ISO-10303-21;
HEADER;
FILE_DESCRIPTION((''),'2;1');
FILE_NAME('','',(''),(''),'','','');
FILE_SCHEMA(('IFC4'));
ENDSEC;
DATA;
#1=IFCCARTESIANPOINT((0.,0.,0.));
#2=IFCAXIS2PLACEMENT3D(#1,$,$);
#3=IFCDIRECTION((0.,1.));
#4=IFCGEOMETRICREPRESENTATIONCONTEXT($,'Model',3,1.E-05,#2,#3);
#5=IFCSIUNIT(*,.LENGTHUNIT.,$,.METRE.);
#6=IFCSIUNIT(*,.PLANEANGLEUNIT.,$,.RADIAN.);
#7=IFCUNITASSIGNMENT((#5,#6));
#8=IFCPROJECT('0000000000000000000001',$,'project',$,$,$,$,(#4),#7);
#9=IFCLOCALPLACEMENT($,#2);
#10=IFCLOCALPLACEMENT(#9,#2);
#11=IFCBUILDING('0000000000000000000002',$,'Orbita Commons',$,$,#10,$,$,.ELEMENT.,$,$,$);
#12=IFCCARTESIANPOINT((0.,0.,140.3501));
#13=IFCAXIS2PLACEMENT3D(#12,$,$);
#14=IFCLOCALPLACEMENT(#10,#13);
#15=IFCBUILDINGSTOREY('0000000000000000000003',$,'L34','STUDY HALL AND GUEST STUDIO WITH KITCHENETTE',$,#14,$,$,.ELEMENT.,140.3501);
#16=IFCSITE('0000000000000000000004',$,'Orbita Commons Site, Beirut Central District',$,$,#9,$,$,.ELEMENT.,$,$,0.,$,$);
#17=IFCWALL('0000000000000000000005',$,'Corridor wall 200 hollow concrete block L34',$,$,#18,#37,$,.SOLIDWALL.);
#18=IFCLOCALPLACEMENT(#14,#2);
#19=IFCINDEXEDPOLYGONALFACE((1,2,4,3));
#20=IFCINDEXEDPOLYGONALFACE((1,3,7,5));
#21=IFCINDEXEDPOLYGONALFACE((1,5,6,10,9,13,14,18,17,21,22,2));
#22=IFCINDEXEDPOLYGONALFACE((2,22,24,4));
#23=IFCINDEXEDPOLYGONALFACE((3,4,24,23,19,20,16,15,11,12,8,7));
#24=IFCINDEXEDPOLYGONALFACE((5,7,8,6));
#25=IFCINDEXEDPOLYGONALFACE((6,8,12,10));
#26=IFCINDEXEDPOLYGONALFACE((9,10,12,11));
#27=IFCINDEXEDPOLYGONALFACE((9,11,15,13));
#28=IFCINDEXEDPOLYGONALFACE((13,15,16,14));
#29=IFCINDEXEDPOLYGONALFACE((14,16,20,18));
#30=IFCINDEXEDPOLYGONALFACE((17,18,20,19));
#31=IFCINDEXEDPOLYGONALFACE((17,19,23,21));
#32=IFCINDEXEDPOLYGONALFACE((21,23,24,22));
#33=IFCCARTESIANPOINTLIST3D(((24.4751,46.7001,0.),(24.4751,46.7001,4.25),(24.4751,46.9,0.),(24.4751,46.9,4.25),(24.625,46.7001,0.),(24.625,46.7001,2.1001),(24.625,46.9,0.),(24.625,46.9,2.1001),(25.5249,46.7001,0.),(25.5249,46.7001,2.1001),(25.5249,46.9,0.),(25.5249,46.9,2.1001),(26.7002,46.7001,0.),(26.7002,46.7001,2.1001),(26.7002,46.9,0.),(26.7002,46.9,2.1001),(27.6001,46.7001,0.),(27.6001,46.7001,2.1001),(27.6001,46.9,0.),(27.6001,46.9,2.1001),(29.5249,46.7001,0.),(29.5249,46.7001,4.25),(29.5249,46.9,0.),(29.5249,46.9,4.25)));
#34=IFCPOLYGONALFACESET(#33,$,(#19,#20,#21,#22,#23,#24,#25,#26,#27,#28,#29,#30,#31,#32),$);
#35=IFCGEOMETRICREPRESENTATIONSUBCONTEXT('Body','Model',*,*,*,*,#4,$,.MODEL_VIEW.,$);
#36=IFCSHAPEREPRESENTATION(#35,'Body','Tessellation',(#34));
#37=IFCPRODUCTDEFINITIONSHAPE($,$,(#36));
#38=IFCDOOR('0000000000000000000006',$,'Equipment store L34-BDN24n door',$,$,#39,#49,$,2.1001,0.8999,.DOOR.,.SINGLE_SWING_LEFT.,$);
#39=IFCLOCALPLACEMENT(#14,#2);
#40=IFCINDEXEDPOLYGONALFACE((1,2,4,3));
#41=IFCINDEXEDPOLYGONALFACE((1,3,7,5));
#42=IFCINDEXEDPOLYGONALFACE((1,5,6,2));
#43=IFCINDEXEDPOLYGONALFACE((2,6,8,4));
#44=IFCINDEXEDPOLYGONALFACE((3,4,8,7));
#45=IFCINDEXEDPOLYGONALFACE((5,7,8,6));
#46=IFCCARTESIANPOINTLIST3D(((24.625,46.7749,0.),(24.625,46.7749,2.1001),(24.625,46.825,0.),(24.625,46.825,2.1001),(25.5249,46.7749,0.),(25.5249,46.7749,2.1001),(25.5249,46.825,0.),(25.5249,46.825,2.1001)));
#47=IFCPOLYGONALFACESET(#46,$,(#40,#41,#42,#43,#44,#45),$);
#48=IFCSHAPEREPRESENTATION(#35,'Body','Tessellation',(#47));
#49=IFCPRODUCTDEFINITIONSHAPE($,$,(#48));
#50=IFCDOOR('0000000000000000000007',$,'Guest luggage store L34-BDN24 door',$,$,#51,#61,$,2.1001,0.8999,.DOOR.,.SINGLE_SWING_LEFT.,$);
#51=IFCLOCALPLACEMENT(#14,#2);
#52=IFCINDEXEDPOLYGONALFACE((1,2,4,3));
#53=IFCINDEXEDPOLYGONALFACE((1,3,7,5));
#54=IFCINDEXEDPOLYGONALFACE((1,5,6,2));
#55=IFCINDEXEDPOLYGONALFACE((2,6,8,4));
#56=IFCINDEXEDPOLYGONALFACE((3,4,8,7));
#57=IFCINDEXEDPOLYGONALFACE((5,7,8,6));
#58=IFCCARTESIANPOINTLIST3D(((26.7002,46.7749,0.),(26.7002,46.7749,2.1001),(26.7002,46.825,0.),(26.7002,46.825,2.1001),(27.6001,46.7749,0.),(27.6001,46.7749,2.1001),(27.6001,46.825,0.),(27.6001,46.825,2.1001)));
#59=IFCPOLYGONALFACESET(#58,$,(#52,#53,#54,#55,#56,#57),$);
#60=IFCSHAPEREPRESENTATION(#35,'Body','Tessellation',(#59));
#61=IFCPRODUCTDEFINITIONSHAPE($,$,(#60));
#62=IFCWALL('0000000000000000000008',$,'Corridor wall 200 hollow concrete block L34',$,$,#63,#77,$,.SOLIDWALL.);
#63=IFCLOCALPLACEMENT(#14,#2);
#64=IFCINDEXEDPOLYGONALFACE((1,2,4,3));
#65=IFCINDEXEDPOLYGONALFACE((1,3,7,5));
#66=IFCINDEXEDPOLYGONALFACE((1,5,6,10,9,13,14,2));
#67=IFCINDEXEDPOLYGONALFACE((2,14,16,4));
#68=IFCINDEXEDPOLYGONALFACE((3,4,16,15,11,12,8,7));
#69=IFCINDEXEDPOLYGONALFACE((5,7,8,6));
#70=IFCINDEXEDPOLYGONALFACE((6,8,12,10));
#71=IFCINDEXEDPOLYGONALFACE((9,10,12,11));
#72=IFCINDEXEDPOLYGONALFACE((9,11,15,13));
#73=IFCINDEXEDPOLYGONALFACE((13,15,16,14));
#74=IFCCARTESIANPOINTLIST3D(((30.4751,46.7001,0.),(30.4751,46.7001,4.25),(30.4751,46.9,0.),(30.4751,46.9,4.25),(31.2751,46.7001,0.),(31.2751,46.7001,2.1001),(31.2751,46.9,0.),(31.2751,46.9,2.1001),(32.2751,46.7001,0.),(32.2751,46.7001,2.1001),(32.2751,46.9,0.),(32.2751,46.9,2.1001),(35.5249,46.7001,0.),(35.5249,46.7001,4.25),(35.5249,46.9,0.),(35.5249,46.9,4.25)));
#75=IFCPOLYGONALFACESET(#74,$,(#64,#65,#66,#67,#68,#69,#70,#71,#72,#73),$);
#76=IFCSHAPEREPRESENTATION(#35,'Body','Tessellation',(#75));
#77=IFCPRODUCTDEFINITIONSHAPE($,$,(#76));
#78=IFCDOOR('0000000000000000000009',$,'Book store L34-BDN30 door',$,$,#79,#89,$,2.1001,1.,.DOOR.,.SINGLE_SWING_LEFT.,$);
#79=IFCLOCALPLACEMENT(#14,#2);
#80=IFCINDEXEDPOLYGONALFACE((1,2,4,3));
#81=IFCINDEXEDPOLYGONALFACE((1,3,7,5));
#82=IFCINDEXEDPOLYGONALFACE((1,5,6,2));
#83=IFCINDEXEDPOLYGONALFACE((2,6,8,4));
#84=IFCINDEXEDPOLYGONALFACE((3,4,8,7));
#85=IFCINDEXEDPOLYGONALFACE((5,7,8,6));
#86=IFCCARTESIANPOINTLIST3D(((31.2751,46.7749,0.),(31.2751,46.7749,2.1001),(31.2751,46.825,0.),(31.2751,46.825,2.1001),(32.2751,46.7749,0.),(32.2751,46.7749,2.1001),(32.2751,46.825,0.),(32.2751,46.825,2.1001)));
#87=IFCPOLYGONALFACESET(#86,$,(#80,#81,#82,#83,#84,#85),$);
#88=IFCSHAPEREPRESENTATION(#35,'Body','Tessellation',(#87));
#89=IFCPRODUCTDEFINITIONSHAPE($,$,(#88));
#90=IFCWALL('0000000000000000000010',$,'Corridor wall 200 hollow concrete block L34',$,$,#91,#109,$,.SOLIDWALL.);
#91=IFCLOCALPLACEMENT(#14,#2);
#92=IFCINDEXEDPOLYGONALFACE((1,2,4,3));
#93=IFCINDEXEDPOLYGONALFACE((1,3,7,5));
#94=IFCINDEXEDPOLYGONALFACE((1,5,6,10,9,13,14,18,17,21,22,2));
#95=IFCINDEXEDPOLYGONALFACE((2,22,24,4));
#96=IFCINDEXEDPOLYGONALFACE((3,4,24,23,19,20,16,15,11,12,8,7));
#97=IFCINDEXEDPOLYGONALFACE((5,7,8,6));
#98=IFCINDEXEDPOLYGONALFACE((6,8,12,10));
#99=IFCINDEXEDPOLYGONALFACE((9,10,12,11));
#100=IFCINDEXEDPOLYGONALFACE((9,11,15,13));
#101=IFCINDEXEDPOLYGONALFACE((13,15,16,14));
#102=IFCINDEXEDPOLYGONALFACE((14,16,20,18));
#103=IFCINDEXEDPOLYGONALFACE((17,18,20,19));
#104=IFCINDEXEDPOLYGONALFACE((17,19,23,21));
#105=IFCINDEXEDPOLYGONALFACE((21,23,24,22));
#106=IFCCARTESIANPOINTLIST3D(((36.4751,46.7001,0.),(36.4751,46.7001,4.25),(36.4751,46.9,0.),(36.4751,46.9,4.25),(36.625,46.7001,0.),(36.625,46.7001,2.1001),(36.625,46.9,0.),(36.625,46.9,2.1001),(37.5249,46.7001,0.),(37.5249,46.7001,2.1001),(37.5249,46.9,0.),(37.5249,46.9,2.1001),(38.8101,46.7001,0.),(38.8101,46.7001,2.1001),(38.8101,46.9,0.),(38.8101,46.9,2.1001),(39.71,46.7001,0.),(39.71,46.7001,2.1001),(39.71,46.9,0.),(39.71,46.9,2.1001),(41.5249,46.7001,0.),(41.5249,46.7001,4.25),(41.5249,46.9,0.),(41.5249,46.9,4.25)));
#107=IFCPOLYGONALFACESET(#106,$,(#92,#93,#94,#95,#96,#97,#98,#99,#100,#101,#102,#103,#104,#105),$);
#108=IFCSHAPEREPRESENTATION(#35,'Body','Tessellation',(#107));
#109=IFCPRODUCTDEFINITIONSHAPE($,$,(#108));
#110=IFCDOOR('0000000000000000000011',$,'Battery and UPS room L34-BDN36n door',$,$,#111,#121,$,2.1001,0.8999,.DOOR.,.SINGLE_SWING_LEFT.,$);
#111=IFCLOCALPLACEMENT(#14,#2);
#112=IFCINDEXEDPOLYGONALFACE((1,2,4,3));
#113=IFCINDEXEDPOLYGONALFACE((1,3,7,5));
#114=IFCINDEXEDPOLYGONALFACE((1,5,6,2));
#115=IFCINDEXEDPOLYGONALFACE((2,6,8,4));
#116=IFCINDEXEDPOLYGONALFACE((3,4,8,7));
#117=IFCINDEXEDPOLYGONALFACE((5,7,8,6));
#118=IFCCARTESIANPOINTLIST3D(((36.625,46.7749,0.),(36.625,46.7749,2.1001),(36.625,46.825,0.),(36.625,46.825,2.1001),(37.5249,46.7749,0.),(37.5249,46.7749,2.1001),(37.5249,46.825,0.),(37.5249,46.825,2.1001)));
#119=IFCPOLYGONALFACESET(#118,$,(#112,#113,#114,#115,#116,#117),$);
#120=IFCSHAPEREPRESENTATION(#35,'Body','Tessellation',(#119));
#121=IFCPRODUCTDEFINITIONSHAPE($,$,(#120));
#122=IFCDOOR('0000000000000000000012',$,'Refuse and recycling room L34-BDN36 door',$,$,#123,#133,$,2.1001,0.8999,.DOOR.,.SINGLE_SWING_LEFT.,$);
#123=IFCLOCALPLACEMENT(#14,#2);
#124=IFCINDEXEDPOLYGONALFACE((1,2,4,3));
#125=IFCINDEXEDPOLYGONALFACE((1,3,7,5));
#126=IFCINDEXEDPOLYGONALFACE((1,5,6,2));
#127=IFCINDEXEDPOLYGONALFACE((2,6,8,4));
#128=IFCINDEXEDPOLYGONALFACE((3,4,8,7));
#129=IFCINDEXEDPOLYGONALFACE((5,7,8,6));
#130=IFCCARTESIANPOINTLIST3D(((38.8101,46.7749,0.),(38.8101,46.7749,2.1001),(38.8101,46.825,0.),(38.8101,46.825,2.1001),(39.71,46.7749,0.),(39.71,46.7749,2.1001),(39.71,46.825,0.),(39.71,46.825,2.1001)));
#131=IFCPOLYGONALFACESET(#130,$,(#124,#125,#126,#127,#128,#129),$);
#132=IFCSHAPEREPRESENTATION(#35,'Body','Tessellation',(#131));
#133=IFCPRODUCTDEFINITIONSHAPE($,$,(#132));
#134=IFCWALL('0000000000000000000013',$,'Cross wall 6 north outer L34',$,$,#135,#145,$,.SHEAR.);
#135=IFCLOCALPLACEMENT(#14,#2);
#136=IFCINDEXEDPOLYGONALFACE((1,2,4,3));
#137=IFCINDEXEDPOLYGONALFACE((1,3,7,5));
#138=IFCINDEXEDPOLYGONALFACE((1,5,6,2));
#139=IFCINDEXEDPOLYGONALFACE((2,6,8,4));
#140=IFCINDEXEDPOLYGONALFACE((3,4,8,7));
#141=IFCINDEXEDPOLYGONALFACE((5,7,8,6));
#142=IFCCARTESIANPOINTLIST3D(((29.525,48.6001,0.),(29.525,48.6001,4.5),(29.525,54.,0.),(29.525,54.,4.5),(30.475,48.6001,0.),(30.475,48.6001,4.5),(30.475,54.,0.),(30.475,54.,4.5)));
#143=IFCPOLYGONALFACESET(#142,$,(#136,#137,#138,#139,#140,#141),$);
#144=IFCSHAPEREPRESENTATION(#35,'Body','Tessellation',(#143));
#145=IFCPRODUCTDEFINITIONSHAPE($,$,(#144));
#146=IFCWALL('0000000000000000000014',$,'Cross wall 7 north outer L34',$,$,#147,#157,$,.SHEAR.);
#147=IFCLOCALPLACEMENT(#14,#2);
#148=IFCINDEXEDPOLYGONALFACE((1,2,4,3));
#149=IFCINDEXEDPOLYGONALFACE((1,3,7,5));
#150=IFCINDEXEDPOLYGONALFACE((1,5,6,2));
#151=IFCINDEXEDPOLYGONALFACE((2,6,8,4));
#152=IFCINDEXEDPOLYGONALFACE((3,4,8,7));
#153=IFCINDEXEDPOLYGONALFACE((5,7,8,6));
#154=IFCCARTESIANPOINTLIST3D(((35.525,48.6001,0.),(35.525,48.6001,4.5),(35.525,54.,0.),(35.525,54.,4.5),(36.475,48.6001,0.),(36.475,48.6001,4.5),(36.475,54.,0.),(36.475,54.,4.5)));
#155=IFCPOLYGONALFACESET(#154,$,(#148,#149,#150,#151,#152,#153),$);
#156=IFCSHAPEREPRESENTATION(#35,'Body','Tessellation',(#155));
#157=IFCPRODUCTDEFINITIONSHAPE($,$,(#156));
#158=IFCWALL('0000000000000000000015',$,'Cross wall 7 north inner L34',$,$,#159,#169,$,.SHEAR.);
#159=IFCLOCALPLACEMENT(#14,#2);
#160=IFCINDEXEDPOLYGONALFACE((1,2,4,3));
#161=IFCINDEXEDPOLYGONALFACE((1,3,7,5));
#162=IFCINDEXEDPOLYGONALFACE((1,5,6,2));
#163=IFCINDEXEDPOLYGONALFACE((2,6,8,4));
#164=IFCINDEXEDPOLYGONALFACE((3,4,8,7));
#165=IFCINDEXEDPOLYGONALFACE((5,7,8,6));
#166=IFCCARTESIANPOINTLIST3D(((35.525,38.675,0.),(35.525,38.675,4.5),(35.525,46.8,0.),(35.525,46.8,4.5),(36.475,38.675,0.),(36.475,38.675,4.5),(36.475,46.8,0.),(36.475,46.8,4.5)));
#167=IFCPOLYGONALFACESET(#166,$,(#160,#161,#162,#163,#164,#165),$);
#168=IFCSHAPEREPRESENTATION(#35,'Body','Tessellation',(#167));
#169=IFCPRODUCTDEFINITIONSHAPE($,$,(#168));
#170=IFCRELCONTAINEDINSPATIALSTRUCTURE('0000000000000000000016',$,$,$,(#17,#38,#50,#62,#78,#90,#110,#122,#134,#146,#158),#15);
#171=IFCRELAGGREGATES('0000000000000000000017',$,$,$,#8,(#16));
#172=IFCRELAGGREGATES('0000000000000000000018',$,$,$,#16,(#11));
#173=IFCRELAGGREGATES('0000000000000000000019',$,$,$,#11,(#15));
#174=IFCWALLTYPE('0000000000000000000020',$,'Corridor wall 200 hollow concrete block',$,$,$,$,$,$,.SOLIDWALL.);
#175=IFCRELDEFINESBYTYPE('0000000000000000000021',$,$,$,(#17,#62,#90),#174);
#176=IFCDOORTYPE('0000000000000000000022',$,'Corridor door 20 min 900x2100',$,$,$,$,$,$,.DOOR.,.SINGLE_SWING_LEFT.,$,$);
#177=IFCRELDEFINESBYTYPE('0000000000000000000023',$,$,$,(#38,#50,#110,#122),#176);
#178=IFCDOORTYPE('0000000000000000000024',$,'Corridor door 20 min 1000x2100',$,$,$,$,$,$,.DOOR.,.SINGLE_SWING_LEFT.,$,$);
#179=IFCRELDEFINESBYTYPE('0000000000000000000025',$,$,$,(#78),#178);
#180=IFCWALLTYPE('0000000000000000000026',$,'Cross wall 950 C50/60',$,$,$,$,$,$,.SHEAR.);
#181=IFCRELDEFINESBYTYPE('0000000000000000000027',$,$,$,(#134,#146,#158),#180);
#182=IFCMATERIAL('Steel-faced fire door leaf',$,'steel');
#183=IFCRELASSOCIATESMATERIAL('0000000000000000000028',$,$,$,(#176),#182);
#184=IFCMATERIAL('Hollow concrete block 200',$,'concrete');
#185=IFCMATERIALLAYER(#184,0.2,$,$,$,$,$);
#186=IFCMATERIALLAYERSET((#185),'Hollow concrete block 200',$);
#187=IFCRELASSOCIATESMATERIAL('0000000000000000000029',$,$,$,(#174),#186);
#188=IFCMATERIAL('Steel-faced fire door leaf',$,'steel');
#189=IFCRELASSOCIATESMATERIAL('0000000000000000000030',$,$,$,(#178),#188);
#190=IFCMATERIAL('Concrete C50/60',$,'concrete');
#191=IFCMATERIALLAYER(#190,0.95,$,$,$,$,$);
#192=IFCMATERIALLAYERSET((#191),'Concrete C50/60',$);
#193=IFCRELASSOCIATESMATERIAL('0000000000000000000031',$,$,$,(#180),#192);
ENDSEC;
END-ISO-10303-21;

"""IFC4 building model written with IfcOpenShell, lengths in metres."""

from ifc_helpers import new_model, si_unit, direction, frame, frame_2d, origin, place, context, subcontext, project, spatial, rectangle, extrude, material, layer, layer_set, type_object, element, fill, save


model = new_model("IFC4")

# Units and contexts
model_context = context("Model", 3, precision=1e-05, world=origin(), true_north=direction((0.0, 1.0)))
body_context = subcontext(model_context, "Body", "Model", "MODEL_VIEW")
ifc_project = project(units=[si_unit("LENGTHUNIT", "METRE"), si_unit("PLANEANGLEUNIT", "RADIAN")], contexts=[model_context])

# Site, building, storey
site_placement = place(None, origin())
site = spatial("IfcSite", under=ifc_project, at=site_placement, Name="Orbita Commons Site, Beirut Central District", CompositionType="ELEMENT", RefElevation=0.0)
building_placement = place(site_placement, origin())
building = spatial("IfcBuilding", under=site, at=building_placement, Name="Orbita Commons", CompositionType="ELEMENT")
storey_placement = place(building_placement, frame((0.0, 0.0, 140.3501)))
storey = spatial("IfcBuildingStorey", under=building, at=storey_placement, Name="L34", Description="STUDY HALL AND GUEST STUDIO WITH KITCHENETTE", CompositionType="ELEMENT", Elevation=140.3501)

# Shared definitions
ifc_material_1 = material(Name="Steel-faced fire door leaf", Category="steel")
door_type_1 = type_object("IfcDoorType", Name="Corridor door 20 min 900x2100", OperationType="SINGLE_SWING_LEFT", PredefinedType="DOOR", material=ifc_material_1)

# Wall, openings, doors
ifc_material_2 = material(Name="Hollow concrete block 200", Category="concrete")
ifc_layer_1 = layer(ifc_material_2, 0.2)
ifc_layer_set_1 = layer_set([ifc_layer_1], Name="Hollow concrete block 200")
wall_type_1 = type_object("IfcWallType", Name="Corridor wall 200 hollow concrete block", PredefinedType="SOLIDWALL", material=ifc_layer_set_1)
wall_1_placement = place(storey_placement, frame((24.4751, 46.8, 0.0), z_axis=(0.0, 0.0, 1.0), x_axis=(1.0, 0.0, 0.0)))
wall_1 = element("IfcWall", 1, at=wall_1_placement, inside=storey, type_object=wall_type_1, Name="Corridor wall 200 hollow concrete block L34", PredefinedType="SOLIDWALL", context=body_context, shape_type="SweptSolid", body=[
    extrude(rectangle(XDim=5.0498, YDim=0.2, at=frame_2d((2.5249, 0.0))), origin(), (0.0, 0.0, 1.0), 4.25),
])
opening_1_placement = place(wall_1_placement, frame((0.1499, 0.0, 0.0)))
opening_1 = element("IfcOpeningElement", 2, at=opening_1_placement, cuts=wall_1, PredefinedType="OPENING", context=body_context, shape_type="SweptSolid", body=[
    extrude(rectangle(XDim=0.8999, YDim=2.1001, at=frame_2d((0.45, 1.05))), frame((0.0, 0.1099, 0.0), z_axis=(0.0, -1.0, 0.0), x_axis=(1.0, 0.0, 0.0)), (0.0, 0.0, 1.0), 0.22),
])
opening_2_placement = place(wall_1_placement, frame((2.2251, 0.0, 0.0)))
opening_2 = element("IfcOpeningElement", 3, at=opening_2_placement, cuts=wall_1, PredefinedType="OPENING", context=body_context, shape_type="SweptSolid", body=[
    extrude(rectangle(XDim=0.8999, YDim=2.1001, at=frame_2d((0.45, 1.05))), frame((0.0, 0.1099, 0.0), z_axis=(0.0, -1.0, 0.0), x_axis=(1.0, 0.0, 0.0)), (0.0, 0.0, 1.0), 0.22),
])
door_1_placement = place(opening_1_placement, origin())
door_1 = element("IfcDoor", 4, at=door_1_placement, inside=storey, type_object=door_type_1, Name="Equipment store L34-BDN24n door", OperationType="SINGLE_SWING_LEFT", OverallHeight=2.1001, OverallWidth=0.8999, PredefinedType="DOOR", context=body_context, shape_type="SweptSolid", body=[
    extrude(rectangle(XDim=0.8999, YDim=2.1001, at=frame_2d((0.45, 1.05))), frame((0.0, 0.0249, 0.0), z_axis=(0.0, -1.0, 0.0), x_axis=(1.0, 0.0, 0.0)), (0.0, 0.0, 1.0), 0.05),
])
fill(opening_1, door_1)
door_2_placement = place(opening_2_placement, origin())
door_2 = element("IfcDoor", 5, at=door_2_placement, inside=storey, type_object=door_type_1, Name="Guest luggage store L34-BDN24 door", OperationType="SINGLE_SWING_LEFT", OverallHeight=2.1001, OverallWidth=0.8999, PredefinedType="DOOR", context=body_context, shape_type="SweptSolid", body=[
    extrude(rectangle(XDim=0.8999, YDim=2.1001, at=frame_2d((0.45, 1.05))), frame((0.0, 0.0249, 0.0), z_axis=(0.0, -1.0, 0.0), x_axis=(1.0, 0.0, 0.0)), (0.0, 0.0, 1.0), 0.05),
])
fill(opening_2, door_2)

# Wall, opening, door
wall_2_placement = place(storey_placement, frame((30.4751, 46.8, 0.0), z_axis=(0.0, 0.0, 1.0), x_axis=(1.0, 0.0, 0.0)))
wall_2 = element("IfcWall", 6, at=wall_2_placement, inside=storey, type_object=wall_type_1, Name="Corridor wall 200 hollow concrete block L34", PredefinedType="SOLIDWALL", context=body_context, shape_type="SweptSolid", body=[
    extrude(rectangle(XDim=5.0498, YDim=0.2, at=frame_2d((2.5249, 0.0))), origin(), (0.0, 0.0, 1.0), 4.25),
])
opening_3_placement = place(wall_2_placement, frame((0.8, 0.0, 0.0)))
opening_3 = element("IfcOpeningElement", 7, at=opening_3_placement, cuts=wall_2, PredefinedType="OPENING", context=body_context, shape_type="SweptSolid", body=[
    extrude(rectangle(XDim=1.0, YDim=2.1001, at=frame_2d((0.5, 1.05))), frame((0.0, 0.1099, 0.0), z_axis=(0.0, -1.0, 0.0), x_axis=(1.0, 0.0, 0.0)), (0.0, 0.0, 1.0), 0.22),
])
ifc_material_3 = material(Name="Steel-faced fire door leaf", Category="steel")
door_type_2 = type_object("IfcDoorType", Name="Corridor door 20 min 1000x2100", OperationType="SINGLE_SWING_LEFT", PredefinedType="DOOR", material=ifc_material_3)
door_3_placement = place(opening_3_placement, origin())
door_3 = element("IfcDoor", 8, at=door_3_placement, inside=storey, type_object=door_type_2, Name="Book store L34-BDN30 door", OperationType="SINGLE_SWING_LEFT", OverallHeight=2.1001, OverallWidth=1.0, PredefinedType="DOOR", context=body_context, shape_type="SweptSolid", body=[
    extrude(rectangle(XDim=1.0, YDim=2.1001, at=frame_2d((0.5, 1.05))), frame((0.0, 0.0249, 0.0), z_axis=(0.0, -1.0, 0.0), x_axis=(1.0, 0.0, 0.0)), (0.0, 0.0, 1.0), 0.05),
])
fill(opening_3, door_3)

# Wall, openings, doors
wall_3_placement = place(storey_placement, frame((36.4751, 46.8, 0.0), z_axis=(0.0, 0.0, 1.0), x_axis=(1.0, 0.0, 0.0)))
wall_3 = element("IfcWall", 9, at=wall_3_placement, inside=storey, type_object=wall_type_1, Name="Corridor wall 200 hollow concrete block L34", PredefinedType="SOLIDWALL", context=body_context, shape_type="SweptSolid", body=[
    extrude(rectangle(XDim=5.0498, YDim=0.2, at=frame_2d((2.5249, 0.0))), origin(), (0.0, 0.0, 1.0), 4.25),
])
opening_4_placement = place(wall_3_placement, frame((0.1499, 0.0, 0.0)))
opening_4 = element("IfcOpeningElement", 10, at=opening_4_placement, cuts=wall_3, PredefinedType="OPENING", context=body_context, shape_type="SweptSolid", body=[
    extrude(rectangle(XDim=0.8999, YDim=2.1001, at=frame_2d((0.45, 1.05))), frame((0.0, 0.1099, 0.0), z_axis=(0.0, -1.0, 0.0), x_axis=(1.0, 0.0, 0.0)), (0.0, 0.0, 1.0), 0.22),
])
opening_5_placement = place(wall_3_placement, frame((2.335, 0.0, 0.0)))
opening_5 = element("IfcOpeningElement", 11, at=opening_5_placement, cuts=wall_3, PredefinedType="OPENING", context=body_context, shape_type="SweptSolid", body=[
    extrude(rectangle(XDim=0.8999, YDim=2.1001, at=frame_2d((0.45, 1.05))), frame((0.0, 0.1099, 0.0), z_axis=(0.0, -1.0, 0.0), x_axis=(1.0, 0.0, 0.0)), (0.0, 0.0, 1.0), 0.22),
])
door_4_placement = place(opening_4_placement, origin())
door_4 = element("IfcDoor", 12, at=door_4_placement, inside=storey, type_object=door_type_1, Name="Battery and UPS room L34-BDN36n door", OperationType="SINGLE_SWING_LEFT", OverallHeight=2.1001, OverallWidth=0.8999, PredefinedType="DOOR", context=body_context, shape_type="SweptSolid", body=[
    extrude(rectangle(XDim=0.8999, YDim=2.1001, at=frame_2d((0.45, 1.05))), frame((0.0, 0.0249, 0.0), z_axis=(0.0, -1.0, 0.0), x_axis=(1.0, 0.0, 0.0)), (0.0, 0.0, 1.0), 0.05),
])
fill(opening_4, door_4)
door_5_placement = place(opening_5_placement, origin())
door_5 = element("IfcDoor", 13, at=door_5_placement, inside=storey, type_object=door_type_1, Name="Refuse and recycling room L34-BDN36 door", OperationType="SINGLE_SWING_LEFT", OverallHeight=2.1001, OverallWidth=0.8999, PredefinedType="DOOR", context=body_context, shape_type="SweptSolid", body=[
    extrude(rectangle(XDim=0.8999, YDim=2.1001, at=frame_2d((0.45, 1.05))), frame((0.0, 0.0249, 0.0), z_axis=(0.0, -1.0, 0.0), x_axis=(1.0, 0.0, 0.0)), (0.0, 0.0, 1.0), 0.05),
])
fill(opening_5, door_5)

# Walls
ifc_material_4 = material(Name="Concrete C50/60", Category="concrete")
ifc_layer_2 = layer(ifc_material_4, 0.95)
ifc_layer_set_2 = layer_set([ifc_layer_2], Name="Concrete C50/60")
wall_type_2 = type_object("IfcWallType", Name="Cross wall 950 C50/60", PredefinedType="SHEAR", material=ifc_layer_set_2)
for number, where, z_axis, x_axis, name in (
    (14, (30.0, 48.6001, 0.0), (0.0, 0.0, 1.0), (0.0, 1.0, 0.0), "Cross wall 6 north outer L34"),
    (15, (36.0, 48.6001, 0.0), (0.0, 0.0, 1.0), (0.0, 1.0, 0.0), "Cross wall 7 north outer L34"),
):
    element("IfcWall", number, at=place(storey_placement, frame(where, z_axis=z_axis, x_axis=x_axis)), inside=storey, type_object=wall_type_2, Name=name, PredefinedType="SHEAR", context=body_context, shape_type="SweptSolid", body=[
        extrude(rectangle(XDim=5.3999, YDim=0.95, at=frame_2d((2.7, 0.0))), origin(), (0.0, 0.0, 1.0), 4.5),
    ])
wall_4_placement = place(storey_placement, frame((36.0, 38.675, 0.0), z_axis=(0.0, 0.0, 1.0), x_axis=(0.0, 1.0, 0.0)))
element("IfcWall", 16, at=wall_4_placement, inside=storey, type_object=wall_type_2, Name="Cross wall 7 north inner L34", PredefinedType="SHEAR", context=body_context, shape_type="SweptSolid", body=[
    extrude(rectangle(XDim=8.125, YDim=0.95, at=frame_2d((4.0625, 0.0))), origin(), (0.0, 0.0, 1.0), 4.5),
])

save(model, "model.ifc")
